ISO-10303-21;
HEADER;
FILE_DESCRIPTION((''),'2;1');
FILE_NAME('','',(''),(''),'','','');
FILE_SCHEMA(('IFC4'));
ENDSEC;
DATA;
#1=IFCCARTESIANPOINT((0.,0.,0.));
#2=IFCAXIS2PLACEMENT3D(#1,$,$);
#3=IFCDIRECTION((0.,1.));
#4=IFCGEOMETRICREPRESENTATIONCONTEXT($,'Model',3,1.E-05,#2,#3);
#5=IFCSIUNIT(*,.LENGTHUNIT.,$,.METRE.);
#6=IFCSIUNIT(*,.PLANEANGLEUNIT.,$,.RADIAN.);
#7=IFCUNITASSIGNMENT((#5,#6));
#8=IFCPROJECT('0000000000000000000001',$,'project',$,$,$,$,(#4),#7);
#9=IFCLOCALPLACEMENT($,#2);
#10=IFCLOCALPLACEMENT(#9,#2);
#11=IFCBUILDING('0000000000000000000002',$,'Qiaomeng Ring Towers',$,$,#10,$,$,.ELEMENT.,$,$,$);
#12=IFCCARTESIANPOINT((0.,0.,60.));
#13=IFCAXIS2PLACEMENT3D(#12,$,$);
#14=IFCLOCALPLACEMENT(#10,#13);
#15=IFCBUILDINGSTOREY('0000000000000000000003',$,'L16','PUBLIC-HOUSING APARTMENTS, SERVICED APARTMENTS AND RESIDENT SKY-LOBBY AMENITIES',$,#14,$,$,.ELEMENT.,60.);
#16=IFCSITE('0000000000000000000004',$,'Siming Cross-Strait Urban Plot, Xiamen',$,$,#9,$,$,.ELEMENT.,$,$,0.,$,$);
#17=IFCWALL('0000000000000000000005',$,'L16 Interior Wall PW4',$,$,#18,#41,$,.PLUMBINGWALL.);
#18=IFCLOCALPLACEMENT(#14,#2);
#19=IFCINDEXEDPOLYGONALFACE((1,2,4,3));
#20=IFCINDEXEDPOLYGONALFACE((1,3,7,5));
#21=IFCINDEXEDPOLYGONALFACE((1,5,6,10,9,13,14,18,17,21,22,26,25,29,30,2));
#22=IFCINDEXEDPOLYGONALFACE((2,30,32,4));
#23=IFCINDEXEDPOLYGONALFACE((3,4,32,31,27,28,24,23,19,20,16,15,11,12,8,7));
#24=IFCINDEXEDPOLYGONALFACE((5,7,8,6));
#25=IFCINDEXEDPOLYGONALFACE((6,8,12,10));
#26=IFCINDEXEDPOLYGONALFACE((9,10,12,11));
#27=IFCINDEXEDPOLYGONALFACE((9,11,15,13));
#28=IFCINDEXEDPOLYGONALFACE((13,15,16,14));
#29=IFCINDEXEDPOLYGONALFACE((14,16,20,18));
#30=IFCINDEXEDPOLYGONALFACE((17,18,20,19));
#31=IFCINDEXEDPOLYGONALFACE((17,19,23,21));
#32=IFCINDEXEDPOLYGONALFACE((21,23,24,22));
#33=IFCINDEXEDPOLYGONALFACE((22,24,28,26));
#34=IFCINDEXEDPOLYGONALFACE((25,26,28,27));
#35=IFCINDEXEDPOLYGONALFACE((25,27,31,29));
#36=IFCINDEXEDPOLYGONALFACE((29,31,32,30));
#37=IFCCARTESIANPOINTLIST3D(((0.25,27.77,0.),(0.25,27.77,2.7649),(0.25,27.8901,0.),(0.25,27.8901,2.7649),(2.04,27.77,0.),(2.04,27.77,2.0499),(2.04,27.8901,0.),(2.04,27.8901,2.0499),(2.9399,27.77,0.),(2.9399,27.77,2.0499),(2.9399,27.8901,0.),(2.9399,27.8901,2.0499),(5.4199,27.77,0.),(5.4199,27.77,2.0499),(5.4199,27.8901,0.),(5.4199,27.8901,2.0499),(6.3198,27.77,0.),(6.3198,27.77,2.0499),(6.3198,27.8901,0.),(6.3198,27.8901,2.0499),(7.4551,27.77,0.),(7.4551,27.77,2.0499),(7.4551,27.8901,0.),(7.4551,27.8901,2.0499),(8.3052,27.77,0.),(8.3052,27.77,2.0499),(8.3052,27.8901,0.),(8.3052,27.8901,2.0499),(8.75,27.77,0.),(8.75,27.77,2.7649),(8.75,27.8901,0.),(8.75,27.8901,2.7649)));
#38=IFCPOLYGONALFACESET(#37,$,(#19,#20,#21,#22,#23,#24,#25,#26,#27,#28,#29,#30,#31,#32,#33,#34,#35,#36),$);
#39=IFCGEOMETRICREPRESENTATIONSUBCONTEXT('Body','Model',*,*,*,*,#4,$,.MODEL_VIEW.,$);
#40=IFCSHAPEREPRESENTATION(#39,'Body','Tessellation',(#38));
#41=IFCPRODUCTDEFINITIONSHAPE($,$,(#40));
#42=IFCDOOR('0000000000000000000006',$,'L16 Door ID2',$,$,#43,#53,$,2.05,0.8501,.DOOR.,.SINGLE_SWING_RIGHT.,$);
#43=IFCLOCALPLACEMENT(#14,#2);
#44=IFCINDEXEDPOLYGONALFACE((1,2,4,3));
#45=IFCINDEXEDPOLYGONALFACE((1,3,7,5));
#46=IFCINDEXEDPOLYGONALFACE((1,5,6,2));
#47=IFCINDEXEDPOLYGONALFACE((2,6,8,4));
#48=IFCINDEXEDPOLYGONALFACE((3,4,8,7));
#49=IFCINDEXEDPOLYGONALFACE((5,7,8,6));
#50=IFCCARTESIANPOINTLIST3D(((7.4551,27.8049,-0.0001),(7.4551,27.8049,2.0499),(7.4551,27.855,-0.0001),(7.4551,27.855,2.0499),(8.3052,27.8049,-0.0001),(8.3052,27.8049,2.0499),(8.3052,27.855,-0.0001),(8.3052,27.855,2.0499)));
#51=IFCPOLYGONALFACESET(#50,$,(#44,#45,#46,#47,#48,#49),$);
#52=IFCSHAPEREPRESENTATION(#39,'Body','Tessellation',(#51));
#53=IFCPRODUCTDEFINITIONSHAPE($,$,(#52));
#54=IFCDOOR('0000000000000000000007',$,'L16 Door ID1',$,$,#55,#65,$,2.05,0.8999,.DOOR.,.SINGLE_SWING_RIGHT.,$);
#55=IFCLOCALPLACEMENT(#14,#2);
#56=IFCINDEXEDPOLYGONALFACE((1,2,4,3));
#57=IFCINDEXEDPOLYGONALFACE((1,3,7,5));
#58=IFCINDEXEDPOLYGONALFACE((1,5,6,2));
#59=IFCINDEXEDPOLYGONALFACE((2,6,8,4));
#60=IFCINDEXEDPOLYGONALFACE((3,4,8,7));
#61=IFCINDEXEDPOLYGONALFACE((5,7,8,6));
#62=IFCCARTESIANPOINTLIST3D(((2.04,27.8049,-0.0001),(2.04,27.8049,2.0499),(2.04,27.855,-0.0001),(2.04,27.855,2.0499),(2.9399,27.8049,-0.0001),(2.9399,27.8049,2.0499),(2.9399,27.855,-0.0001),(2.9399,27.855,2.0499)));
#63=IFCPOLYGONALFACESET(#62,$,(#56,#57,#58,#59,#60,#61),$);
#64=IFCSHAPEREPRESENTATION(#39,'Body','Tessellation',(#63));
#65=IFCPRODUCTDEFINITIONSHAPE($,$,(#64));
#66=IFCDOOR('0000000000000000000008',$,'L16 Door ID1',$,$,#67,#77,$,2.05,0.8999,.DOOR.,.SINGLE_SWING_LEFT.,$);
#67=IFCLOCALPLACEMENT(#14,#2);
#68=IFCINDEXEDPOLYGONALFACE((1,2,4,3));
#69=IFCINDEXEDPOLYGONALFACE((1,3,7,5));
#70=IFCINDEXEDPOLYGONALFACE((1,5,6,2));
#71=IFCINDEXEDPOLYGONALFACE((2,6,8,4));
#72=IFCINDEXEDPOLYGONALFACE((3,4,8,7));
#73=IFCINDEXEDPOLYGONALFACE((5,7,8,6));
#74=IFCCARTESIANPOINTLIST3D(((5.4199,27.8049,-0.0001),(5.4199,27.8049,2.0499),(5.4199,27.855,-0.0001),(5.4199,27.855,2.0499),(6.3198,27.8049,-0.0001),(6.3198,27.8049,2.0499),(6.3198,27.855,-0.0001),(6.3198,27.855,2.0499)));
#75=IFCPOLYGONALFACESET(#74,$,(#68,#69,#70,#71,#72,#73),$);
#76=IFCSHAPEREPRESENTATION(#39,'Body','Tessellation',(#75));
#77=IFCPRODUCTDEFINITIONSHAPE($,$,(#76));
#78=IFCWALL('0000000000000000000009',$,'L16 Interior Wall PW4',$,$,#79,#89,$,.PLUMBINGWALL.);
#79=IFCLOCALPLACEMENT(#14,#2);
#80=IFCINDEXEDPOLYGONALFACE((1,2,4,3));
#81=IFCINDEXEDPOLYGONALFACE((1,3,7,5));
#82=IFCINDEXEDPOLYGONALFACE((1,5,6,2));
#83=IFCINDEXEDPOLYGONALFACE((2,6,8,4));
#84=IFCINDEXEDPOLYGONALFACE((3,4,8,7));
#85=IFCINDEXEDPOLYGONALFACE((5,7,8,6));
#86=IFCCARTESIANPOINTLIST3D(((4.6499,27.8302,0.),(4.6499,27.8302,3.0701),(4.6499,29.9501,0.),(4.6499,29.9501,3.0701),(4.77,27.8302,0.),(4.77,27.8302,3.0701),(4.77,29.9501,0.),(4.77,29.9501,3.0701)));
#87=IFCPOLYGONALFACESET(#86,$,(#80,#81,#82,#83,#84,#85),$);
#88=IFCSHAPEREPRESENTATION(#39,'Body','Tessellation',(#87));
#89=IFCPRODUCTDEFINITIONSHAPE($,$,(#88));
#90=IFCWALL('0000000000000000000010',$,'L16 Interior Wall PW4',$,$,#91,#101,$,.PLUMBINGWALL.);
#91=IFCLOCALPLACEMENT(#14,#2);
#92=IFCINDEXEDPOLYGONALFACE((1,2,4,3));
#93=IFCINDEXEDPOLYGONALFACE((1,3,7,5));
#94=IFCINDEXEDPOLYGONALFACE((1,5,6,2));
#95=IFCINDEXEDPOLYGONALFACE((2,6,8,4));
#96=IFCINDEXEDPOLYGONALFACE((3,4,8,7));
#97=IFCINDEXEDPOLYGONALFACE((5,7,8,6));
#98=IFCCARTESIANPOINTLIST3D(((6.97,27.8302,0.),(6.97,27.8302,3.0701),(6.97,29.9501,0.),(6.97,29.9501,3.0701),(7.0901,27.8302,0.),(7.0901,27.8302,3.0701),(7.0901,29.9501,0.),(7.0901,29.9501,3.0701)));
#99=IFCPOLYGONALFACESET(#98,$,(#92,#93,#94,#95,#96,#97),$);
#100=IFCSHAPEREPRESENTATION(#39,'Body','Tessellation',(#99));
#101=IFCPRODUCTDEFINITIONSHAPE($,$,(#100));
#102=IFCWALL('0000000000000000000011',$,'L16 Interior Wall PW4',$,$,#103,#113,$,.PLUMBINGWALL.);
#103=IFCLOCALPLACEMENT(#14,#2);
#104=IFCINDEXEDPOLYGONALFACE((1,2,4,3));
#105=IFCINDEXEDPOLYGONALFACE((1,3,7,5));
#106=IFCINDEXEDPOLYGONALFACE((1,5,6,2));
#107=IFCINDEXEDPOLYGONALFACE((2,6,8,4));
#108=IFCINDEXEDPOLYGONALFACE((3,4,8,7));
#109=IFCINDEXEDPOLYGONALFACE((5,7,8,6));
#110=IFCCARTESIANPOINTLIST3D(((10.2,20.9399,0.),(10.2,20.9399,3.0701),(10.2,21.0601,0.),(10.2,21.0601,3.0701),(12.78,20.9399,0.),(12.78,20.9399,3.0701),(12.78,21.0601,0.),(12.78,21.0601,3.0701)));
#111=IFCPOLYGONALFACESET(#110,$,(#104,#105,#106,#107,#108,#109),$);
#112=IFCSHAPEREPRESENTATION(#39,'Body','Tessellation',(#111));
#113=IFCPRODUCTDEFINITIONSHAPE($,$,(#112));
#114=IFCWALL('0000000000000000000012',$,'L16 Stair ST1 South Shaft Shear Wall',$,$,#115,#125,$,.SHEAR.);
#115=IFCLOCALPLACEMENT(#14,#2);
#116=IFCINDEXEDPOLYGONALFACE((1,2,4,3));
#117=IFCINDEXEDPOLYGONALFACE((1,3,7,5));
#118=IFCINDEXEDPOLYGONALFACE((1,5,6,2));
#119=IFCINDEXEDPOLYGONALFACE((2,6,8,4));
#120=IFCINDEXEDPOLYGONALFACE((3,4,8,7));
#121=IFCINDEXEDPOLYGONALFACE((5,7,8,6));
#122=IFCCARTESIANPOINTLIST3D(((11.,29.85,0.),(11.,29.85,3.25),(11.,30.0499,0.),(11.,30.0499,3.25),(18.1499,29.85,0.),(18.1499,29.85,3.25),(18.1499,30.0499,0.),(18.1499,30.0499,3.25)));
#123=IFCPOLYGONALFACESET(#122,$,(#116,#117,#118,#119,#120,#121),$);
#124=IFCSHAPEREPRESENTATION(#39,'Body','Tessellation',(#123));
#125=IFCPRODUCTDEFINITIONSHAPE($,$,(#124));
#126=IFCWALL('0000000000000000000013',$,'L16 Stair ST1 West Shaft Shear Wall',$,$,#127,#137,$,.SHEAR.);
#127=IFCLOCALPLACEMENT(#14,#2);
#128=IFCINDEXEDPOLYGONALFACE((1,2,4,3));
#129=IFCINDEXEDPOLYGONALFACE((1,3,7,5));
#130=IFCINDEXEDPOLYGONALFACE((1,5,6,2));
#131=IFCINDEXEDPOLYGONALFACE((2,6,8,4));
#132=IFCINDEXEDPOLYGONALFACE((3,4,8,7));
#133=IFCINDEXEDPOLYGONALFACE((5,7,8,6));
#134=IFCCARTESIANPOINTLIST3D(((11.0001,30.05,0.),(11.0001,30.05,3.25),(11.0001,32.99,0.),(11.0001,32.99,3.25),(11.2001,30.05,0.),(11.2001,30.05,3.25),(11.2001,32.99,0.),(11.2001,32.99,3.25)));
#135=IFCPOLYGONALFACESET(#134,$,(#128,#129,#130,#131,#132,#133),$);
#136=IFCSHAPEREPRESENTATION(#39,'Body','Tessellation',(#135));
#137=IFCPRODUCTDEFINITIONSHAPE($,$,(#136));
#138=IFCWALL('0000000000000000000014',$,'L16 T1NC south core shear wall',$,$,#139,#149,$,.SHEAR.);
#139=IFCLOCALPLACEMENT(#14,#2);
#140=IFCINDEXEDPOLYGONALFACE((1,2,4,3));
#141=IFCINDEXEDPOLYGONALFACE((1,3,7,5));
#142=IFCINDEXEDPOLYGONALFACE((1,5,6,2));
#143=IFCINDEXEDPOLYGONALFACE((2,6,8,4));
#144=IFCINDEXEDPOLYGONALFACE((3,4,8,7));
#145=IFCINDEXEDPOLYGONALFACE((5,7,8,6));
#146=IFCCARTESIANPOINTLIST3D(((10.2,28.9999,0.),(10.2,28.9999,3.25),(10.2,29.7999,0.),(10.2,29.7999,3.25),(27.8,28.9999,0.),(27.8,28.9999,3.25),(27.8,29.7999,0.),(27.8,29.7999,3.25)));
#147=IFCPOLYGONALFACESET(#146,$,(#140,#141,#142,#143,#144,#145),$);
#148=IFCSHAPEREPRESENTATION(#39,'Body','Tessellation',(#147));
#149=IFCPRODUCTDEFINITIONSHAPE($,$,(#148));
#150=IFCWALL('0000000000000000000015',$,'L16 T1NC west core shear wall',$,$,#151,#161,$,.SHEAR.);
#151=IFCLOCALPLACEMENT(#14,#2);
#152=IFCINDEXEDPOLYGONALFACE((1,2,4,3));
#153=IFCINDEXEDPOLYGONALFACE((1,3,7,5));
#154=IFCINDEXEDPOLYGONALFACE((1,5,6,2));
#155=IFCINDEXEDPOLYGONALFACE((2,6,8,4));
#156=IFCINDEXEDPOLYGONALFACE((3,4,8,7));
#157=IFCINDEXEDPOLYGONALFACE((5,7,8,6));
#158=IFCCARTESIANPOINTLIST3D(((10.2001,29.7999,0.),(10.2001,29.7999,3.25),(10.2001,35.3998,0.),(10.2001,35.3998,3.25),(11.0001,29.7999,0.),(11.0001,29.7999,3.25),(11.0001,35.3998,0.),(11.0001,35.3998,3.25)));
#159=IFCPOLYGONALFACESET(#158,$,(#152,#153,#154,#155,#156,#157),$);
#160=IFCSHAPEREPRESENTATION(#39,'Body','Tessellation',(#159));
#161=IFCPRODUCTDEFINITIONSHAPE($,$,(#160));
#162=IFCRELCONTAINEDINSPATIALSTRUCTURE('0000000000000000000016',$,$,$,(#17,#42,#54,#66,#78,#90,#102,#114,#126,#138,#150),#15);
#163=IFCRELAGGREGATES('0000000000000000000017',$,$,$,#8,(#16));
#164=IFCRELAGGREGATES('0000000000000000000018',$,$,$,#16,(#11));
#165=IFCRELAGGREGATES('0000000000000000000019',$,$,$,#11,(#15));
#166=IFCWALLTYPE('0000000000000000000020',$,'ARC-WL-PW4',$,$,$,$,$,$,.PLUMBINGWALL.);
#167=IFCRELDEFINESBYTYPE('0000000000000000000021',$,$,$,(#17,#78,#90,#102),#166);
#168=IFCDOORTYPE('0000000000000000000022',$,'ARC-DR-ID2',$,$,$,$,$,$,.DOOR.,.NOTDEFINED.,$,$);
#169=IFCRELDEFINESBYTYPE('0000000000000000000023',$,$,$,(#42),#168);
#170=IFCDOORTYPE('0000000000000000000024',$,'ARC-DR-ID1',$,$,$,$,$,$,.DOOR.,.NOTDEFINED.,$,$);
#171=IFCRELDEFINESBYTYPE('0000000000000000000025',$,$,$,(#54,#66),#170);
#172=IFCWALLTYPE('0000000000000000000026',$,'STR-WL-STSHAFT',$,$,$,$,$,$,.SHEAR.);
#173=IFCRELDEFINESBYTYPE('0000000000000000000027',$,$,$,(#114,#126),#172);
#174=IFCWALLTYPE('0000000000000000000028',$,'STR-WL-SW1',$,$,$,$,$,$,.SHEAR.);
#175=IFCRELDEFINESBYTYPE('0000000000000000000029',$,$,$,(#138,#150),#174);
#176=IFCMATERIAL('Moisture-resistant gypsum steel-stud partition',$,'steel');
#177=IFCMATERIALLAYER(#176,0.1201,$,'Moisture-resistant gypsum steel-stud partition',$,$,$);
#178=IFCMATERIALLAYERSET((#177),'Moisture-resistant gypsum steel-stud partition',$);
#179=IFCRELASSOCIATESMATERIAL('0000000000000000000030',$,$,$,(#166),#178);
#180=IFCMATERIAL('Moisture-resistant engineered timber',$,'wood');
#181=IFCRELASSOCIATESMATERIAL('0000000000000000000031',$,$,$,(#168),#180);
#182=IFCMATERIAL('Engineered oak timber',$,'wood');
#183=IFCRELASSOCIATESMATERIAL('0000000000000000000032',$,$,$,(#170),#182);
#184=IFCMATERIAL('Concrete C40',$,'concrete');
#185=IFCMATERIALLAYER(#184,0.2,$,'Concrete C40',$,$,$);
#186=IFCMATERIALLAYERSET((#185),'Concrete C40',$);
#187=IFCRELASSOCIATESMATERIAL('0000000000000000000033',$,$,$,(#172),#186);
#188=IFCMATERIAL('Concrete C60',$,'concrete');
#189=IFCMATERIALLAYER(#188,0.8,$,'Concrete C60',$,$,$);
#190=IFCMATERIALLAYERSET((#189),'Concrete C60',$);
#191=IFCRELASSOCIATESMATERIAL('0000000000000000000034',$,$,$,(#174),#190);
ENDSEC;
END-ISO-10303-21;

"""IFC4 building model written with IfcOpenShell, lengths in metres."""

from ifc_helpers import new_model, si_unit, direction, frame, frame_2d, origin, place, context, subcontext, project, spatial, rectangle, extrude, source, transform, mapped, material, layer, layer_set, type_object, element, fill, save


model = new_model("IFC4")

# Units and contexts
model_context = context("Model", 3, precision=1e-05, world=origin(), true_north=direction((0.0, 1.0)))
body_context = subcontext(model_context, "Body", "Model", "MODEL_VIEW")
ifc_project = project(units=[si_unit("LENGTHUNIT", "METRE"), si_unit("PLANEANGLEUNIT", "RADIAN")], contexts=[model_context])

# Site, building, storey
site_placement = place(None, origin())
site = spatial("IfcSite", under=ifc_project, at=site_placement, Name="Siming Cross-Strait Urban Plot, Xiamen", CompositionType="ELEMENT", RefElevation=0.0)
building_placement = place(site_placement, origin())
building = spatial("IfcBuilding", under=site, at=building_placement, Name="Qiaomeng Ring Towers", CompositionType="ELEMENT")
storey_placement = place(building_placement, frame((0.0, 0.0, 60.0)))
storey = spatial("IfcBuildingStorey", under=building, at=storey_placement, Name="L16", Description="PUBLIC-HOUSING APARTMENTS, SERVICED APARTMENTS AND RESIDENT SKY-LOBBY AMENITIES", CompositionType="ELEMENT", Elevation=60.0)

# Shared definitions
ifc_material_1 = material(Name="Concrete C60", Category="concrete")

# Wall, openings, doors
ifc_material_2 = material(Name="Moisture-resistant gypsum steel-stud partition", Category="steel")
ifc_layer_1 = layer(ifc_material_2, 0.1201, Name="Moisture-resistant gypsum steel-stud partition")
ifc_layer_set_1 = layer_set([ifc_layer_1], Name="Moisture-resistant gypsum steel-stud partition")
wall_type_1 = type_object("IfcWallType", Name="ARC-WL-PW4", PredefinedType="PLUMBINGWALL", material=ifc_layer_set_1)
wall_1_placement = place(storey_placement, frame((0.25, 27.8301, 0.0), z_axis=(0.0, 0.0, 1.0), x_axis=(1.0, 0.0, 0.0)))
wall_1 = element("IfcWall", 1, at=wall_1_placement, inside=storey, type_object=wall_type_1, Name="L16 Interior Wall PW4", PredefinedType="PLUMBINGWALL", context=body_context, shape_type="SweptSolid", body=[
    extrude(rectangle(XDim=8.5, YDim=0.1201, at=frame_2d((4.25, 0.0))), origin(), (0.0, 0.0, 1.0), 2.7649),
])
opening_1_placement = place(wall_1_placement, frame((1.79, 0.0, 0.0)))
opening_1 = element("IfcOpeningElement", 2, at=opening_1_placement, cuts=wall_1, PredefinedType="OPENING", context=body_context, shape_type="SweptSolid", body=[
    extrude(rectangle(XDim=0.8999, YDim=2.05, at=frame_2d((0.45, 1.0249))), frame((0.0, 0.0701, 0.0), z_axis=(0.0, -1.0, 0.0), x_axis=(1.0, 0.0, 0.0)), (0.0, 0.0, 1.0), 0.1401),
])
opening_2_placement = place(wall_1_placement, frame((5.1699, 0.0, 0.0)))
opening_2 = element("IfcOpeningElement", 3, at=opening_2_placement, cuts=wall_1, PredefinedType="OPENING", context=body_context, shape_type="SweptSolid", body=[
    extrude(rectangle(XDim=0.8999, YDim=2.05, at=frame_2d((0.45, 1.0249))), frame((0.0, 0.0701, 0.0), z_axis=(0.0, -1.0, 0.0), x_axis=(1.0, 0.0, 0.0)), (0.0, 0.0, 1.0), 0.1401),
])
opening_3_placement = place(wall_1_placement, frame((7.2051, 0.0, 0.0)))
opening_3 = element("IfcOpeningElement", 4, at=opening_3_placement, cuts=wall_1, PredefinedType="OPENING", context=body_context, shape_type="SweptSolid", body=[
    extrude(rectangle(XDim=0.8501, YDim=2.05, at=frame_2d((0.425, 1.0249))), frame((0.0, 0.0701, 0.0), z_axis=(0.0, -1.0, 0.0), x_axis=(1.0, 0.0, 0.0)), (0.0, 0.0, 1.0), 0.1401),
])
ifc_material_3 = material(Name="Moisture-resistant engineered timber", Category="wood")
door_type_1 = type_object("IfcDoorType", Name="ARC-DR-ID2", OperationType="NOTDEFINED", PredefinedType="DOOR", material=ifc_material_3)
shared_shape_1 = source(origin(), body_context, "Body", "SweptSolid", [
    extrude(rectangle(XDim=0.8501, YDim=2.05, at=frame_2d((0.425, 1.0249))), frame((0.0, 0.0249, 0.0), z_axis=(0.0, -1.0, 0.0), x_axis=(1.0, 0.0, 0.0)), (0.0, 0.0, 1.0), 0.05),
])
door_1_placement = place(opening_3_placement, origin())
door_1 = element("IfcDoor", 5, at=door_1_placement, inside=storey, type_object=door_type_1, Name="L16 Door ID2", OperationType="SINGLE_SWING_RIGHT", OverallHeight=2.05, OverallWidth=0.8501, PredefinedType="DOOR", context=body_context, shape_type="MappedRepresentation", body=[
    mapped(shared_shape_1, transform((0.0, 0.0, 0.0), x_axis=(1.0, 0.0, 0.0), y_axis=(0.0, 1.0, 0.0), z_axis=(0.0, 0.0, 1.0), scale=1.0)),
])
fill(opening_3, door_1)
ifc_material_4 = material(Name="Engineered oak timber", Category="wood")
door_type_2 = type_object("IfcDoorType", Name="ARC-DR-ID1", OperationType="NOTDEFINED", PredefinedType="DOOR", material=ifc_material_4)
shared_shape_2 = source(origin(), body_context, "Body", "SweptSolid", [
    extrude(rectangle(XDim=0.8999, YDim=2.05, at=frame_2d((0.45, 1.0249))), frame((0.0, 0.0249, 0.0), z_axis=(0.0, -1.0, 0.0), x_axis=(1.0, 0.0, 0.0)), (0.0, 0.0, 1.0), 0.05),
])
door_2_placement = place(opening_1_placement, origin())
door_2 = element("IfcDoor", 6, at=door_2_placement, inside=storey, type_object=door_type_2, Name="L16 Door ID1", OperationType="SINGLE_SWING_RIGHT", OverallHeight=2.05, OverallWidth=0.8999, PredefinedType="DOOR", context=body_context, shape_type="MappedRepresentation", body=[
    mapped(shared_shape_2, transform((0.0, 0.0, 0.0), x_axis=(1.0, 0.0, 0.0), y_axis=(0.0, 1.0, 0.0), z_axis=(0.0, 0.0, 1.0), scale=1.0)),
])
fill(opening_1, door_2)
door_3_placement = place(opening_2_placement, origin())
door_3 = element("IfcDoor", 7, at=door_3_placement, inside=storey, type_object=door_type_2, Name="L16 Door ID1", OperationType="SINGLE_SWING_LEFT", OverallHeight=2.05, OverallWidth=0.8999, PredefinedType="DOOR", context=body_context, shape_type="MappedRepresentation", body=[
    mapped(shared_shape_2, transform((0.0, 0.0, 0.0), x_axis=(1.0, 0.0, 0.0), y_axis=(0.0, 1.0, 0.0), z_axis=(0.0, 0.0, 1.0), scale=1.0)),
])
fill(opening_2, door_3)

# Walls
for number, where, z_axis, x_axis, name in (
    (8, (4.71, 27.8301, 0.0), (0.0, 0.0, 1.0), (0.0, 1.0, 0.0), "L16 Interior Wall PW4"),
    (9, (7.03, 27.8301, 0.0), (0.0, 0.0, 1.0), (0.0, 1.0, 0.0), "L16 Interior Wall PW4"),
):
    element("IfcWall", number, at=place(storey_placement, frame(where, z_axis=z_axis, x_axis=x_axis)), inside=storey, type_object=wall_type_1, Name=name, PredefinedType="PLUMBINGWALL", context=body_context, shape_type="SweptSolid", body=[
        extrude(rectangle(XDim=2.1199, YDim=0.1201, at=frame_2d((1.0601, 0.0))), origin(), (0.0, 0.0, 1.0), 3.0701),
    ])
wall_2_placement = place(storey_placement, frame((10.2, 21.0, 0.0), z_axis=(0.0, 0.0, 1.0), x_axis=(1.0, 0.0, 0.0)))
element("IfcWall", 10, at=wall_2_placement, inside=storey, type_object=wall_type_1, Name="L16 Interior Wall PW4", PredefinedType="PLUMBINGWALL", context=body_context, shape_type="SweptSolid", body=[
    extrude(rectangle(XDim=2.5801, YDim=0.1201, at=frame_2d((1.29, 0.0))), origin(), (0.0, 0.0, 1.0), 3.0701),
])
ifc_material_5 = material(Name="Concrete C40", Category="concrete")
ifc_layer_2 = layer(ifc_material_5, 0.2, Name="Concrete C40")
ifc_layer_set_2 = layer_set([ifc_layer_2], Name="Concrete C40")
wall_type_2 = type_object("IfcWallType", Name="STR-WL-STSHAFT", PredefinedType="SHEAR", material=ifc_layer_set_2)
wall_3_placement = place(storey_placement, frame((11.0, 29.95, 0.0), z_axis=(0.0, 0.0, 1.0), x_axis=(1.0, 0.0, 0.0)))
element("IfcWall", 11, at=wall_3_placement, inside=storey, type_object=wall_type_2, Name="L16 Stair ST1 South Shaft Shear Wall", PredefinedType="SHEAR", context=body_context, shape_type="SweptSolid", body=[
    extrude(rectangle(XDim=7.1499, YDim=0.2, at=frame_2d((3.575, 0.0))), origin(), (0.0, 0.0, 1.0), 3.25),
])
wall_4_placement = place(storey_placement, frame((11.1001, 30.05, 0.0), z_axis=(0.0, 0.0, 1.0), x_axis=(0.0, 1.0, 0.0)))
element("IfcWall", 12, at=wall_4_placement, inside=storey, type_object=wall_type_2, Name="L16 Stair ST1 West Shaft Shear Wall", PredefinedType="SHEAR", context=body_context, shape_type="SweptSolid", body=[
    extrude(rectangle(XDim=2.9399, YDim=0.2, at=frame_2d((1.47, 0.0))), origin(), (0.0, 0.0, 1.0), 3.25),
])
ifc_layer_3 = layer(ifc_material_1, 0.8, Name="Concrete C60")
ifc_layer_set_3 = layer_set([ifc_layer_3], Name="Concrete C60")
wall_type_3 = type_object("IfcWallType", Name="STR-WL-SW1", PredefinedType="SHEAR", material=ifc_layer_set_3)
wall_5_placement = place(storey_placement, frame((10.2, 29.3999, 0.0), z_axis=(0.0, 0.0, 1.0), x_axis=(1.0, 0.0, 0.0)))
element("IfcWall", 13, at=wall_5_placement, inside=storey, type_object=wall_type_3, Name="L16 T1NC south core shear wall", PredefinedType="SHEAR", context=body_context, shape_type="SweptSolid", body=[
    extrude(rectangle(XDim=17.6001, YDim=0.8, at=frame_2d((8.8, 0.0))), origin(), (0.0, 0.0, 1.0), 3.25),
])
wall_6_placement = place(storey_placement, frame((10.6001, 29.8, 0.0), z_axis=(0.0, 0.0, 1.0), x_axis=(0.0, 1.0, 0.0)))
element("IfcWall", 14, at=wall_6_placement, inside=storey, type_object=wall_type_3, Name="L16 T1NC west core shear wall", PredefinedType="SHEAR", context=body_context, shape_type="SweptSolid", body=[
    extrude(rectangle(XDim=5.5999, YDim=0.8, at=frame_2d((2.7998, 0.0))), origin(), (0.0, 0.0, 1.0), 3.25),
])

save(model, "model.ifc")
